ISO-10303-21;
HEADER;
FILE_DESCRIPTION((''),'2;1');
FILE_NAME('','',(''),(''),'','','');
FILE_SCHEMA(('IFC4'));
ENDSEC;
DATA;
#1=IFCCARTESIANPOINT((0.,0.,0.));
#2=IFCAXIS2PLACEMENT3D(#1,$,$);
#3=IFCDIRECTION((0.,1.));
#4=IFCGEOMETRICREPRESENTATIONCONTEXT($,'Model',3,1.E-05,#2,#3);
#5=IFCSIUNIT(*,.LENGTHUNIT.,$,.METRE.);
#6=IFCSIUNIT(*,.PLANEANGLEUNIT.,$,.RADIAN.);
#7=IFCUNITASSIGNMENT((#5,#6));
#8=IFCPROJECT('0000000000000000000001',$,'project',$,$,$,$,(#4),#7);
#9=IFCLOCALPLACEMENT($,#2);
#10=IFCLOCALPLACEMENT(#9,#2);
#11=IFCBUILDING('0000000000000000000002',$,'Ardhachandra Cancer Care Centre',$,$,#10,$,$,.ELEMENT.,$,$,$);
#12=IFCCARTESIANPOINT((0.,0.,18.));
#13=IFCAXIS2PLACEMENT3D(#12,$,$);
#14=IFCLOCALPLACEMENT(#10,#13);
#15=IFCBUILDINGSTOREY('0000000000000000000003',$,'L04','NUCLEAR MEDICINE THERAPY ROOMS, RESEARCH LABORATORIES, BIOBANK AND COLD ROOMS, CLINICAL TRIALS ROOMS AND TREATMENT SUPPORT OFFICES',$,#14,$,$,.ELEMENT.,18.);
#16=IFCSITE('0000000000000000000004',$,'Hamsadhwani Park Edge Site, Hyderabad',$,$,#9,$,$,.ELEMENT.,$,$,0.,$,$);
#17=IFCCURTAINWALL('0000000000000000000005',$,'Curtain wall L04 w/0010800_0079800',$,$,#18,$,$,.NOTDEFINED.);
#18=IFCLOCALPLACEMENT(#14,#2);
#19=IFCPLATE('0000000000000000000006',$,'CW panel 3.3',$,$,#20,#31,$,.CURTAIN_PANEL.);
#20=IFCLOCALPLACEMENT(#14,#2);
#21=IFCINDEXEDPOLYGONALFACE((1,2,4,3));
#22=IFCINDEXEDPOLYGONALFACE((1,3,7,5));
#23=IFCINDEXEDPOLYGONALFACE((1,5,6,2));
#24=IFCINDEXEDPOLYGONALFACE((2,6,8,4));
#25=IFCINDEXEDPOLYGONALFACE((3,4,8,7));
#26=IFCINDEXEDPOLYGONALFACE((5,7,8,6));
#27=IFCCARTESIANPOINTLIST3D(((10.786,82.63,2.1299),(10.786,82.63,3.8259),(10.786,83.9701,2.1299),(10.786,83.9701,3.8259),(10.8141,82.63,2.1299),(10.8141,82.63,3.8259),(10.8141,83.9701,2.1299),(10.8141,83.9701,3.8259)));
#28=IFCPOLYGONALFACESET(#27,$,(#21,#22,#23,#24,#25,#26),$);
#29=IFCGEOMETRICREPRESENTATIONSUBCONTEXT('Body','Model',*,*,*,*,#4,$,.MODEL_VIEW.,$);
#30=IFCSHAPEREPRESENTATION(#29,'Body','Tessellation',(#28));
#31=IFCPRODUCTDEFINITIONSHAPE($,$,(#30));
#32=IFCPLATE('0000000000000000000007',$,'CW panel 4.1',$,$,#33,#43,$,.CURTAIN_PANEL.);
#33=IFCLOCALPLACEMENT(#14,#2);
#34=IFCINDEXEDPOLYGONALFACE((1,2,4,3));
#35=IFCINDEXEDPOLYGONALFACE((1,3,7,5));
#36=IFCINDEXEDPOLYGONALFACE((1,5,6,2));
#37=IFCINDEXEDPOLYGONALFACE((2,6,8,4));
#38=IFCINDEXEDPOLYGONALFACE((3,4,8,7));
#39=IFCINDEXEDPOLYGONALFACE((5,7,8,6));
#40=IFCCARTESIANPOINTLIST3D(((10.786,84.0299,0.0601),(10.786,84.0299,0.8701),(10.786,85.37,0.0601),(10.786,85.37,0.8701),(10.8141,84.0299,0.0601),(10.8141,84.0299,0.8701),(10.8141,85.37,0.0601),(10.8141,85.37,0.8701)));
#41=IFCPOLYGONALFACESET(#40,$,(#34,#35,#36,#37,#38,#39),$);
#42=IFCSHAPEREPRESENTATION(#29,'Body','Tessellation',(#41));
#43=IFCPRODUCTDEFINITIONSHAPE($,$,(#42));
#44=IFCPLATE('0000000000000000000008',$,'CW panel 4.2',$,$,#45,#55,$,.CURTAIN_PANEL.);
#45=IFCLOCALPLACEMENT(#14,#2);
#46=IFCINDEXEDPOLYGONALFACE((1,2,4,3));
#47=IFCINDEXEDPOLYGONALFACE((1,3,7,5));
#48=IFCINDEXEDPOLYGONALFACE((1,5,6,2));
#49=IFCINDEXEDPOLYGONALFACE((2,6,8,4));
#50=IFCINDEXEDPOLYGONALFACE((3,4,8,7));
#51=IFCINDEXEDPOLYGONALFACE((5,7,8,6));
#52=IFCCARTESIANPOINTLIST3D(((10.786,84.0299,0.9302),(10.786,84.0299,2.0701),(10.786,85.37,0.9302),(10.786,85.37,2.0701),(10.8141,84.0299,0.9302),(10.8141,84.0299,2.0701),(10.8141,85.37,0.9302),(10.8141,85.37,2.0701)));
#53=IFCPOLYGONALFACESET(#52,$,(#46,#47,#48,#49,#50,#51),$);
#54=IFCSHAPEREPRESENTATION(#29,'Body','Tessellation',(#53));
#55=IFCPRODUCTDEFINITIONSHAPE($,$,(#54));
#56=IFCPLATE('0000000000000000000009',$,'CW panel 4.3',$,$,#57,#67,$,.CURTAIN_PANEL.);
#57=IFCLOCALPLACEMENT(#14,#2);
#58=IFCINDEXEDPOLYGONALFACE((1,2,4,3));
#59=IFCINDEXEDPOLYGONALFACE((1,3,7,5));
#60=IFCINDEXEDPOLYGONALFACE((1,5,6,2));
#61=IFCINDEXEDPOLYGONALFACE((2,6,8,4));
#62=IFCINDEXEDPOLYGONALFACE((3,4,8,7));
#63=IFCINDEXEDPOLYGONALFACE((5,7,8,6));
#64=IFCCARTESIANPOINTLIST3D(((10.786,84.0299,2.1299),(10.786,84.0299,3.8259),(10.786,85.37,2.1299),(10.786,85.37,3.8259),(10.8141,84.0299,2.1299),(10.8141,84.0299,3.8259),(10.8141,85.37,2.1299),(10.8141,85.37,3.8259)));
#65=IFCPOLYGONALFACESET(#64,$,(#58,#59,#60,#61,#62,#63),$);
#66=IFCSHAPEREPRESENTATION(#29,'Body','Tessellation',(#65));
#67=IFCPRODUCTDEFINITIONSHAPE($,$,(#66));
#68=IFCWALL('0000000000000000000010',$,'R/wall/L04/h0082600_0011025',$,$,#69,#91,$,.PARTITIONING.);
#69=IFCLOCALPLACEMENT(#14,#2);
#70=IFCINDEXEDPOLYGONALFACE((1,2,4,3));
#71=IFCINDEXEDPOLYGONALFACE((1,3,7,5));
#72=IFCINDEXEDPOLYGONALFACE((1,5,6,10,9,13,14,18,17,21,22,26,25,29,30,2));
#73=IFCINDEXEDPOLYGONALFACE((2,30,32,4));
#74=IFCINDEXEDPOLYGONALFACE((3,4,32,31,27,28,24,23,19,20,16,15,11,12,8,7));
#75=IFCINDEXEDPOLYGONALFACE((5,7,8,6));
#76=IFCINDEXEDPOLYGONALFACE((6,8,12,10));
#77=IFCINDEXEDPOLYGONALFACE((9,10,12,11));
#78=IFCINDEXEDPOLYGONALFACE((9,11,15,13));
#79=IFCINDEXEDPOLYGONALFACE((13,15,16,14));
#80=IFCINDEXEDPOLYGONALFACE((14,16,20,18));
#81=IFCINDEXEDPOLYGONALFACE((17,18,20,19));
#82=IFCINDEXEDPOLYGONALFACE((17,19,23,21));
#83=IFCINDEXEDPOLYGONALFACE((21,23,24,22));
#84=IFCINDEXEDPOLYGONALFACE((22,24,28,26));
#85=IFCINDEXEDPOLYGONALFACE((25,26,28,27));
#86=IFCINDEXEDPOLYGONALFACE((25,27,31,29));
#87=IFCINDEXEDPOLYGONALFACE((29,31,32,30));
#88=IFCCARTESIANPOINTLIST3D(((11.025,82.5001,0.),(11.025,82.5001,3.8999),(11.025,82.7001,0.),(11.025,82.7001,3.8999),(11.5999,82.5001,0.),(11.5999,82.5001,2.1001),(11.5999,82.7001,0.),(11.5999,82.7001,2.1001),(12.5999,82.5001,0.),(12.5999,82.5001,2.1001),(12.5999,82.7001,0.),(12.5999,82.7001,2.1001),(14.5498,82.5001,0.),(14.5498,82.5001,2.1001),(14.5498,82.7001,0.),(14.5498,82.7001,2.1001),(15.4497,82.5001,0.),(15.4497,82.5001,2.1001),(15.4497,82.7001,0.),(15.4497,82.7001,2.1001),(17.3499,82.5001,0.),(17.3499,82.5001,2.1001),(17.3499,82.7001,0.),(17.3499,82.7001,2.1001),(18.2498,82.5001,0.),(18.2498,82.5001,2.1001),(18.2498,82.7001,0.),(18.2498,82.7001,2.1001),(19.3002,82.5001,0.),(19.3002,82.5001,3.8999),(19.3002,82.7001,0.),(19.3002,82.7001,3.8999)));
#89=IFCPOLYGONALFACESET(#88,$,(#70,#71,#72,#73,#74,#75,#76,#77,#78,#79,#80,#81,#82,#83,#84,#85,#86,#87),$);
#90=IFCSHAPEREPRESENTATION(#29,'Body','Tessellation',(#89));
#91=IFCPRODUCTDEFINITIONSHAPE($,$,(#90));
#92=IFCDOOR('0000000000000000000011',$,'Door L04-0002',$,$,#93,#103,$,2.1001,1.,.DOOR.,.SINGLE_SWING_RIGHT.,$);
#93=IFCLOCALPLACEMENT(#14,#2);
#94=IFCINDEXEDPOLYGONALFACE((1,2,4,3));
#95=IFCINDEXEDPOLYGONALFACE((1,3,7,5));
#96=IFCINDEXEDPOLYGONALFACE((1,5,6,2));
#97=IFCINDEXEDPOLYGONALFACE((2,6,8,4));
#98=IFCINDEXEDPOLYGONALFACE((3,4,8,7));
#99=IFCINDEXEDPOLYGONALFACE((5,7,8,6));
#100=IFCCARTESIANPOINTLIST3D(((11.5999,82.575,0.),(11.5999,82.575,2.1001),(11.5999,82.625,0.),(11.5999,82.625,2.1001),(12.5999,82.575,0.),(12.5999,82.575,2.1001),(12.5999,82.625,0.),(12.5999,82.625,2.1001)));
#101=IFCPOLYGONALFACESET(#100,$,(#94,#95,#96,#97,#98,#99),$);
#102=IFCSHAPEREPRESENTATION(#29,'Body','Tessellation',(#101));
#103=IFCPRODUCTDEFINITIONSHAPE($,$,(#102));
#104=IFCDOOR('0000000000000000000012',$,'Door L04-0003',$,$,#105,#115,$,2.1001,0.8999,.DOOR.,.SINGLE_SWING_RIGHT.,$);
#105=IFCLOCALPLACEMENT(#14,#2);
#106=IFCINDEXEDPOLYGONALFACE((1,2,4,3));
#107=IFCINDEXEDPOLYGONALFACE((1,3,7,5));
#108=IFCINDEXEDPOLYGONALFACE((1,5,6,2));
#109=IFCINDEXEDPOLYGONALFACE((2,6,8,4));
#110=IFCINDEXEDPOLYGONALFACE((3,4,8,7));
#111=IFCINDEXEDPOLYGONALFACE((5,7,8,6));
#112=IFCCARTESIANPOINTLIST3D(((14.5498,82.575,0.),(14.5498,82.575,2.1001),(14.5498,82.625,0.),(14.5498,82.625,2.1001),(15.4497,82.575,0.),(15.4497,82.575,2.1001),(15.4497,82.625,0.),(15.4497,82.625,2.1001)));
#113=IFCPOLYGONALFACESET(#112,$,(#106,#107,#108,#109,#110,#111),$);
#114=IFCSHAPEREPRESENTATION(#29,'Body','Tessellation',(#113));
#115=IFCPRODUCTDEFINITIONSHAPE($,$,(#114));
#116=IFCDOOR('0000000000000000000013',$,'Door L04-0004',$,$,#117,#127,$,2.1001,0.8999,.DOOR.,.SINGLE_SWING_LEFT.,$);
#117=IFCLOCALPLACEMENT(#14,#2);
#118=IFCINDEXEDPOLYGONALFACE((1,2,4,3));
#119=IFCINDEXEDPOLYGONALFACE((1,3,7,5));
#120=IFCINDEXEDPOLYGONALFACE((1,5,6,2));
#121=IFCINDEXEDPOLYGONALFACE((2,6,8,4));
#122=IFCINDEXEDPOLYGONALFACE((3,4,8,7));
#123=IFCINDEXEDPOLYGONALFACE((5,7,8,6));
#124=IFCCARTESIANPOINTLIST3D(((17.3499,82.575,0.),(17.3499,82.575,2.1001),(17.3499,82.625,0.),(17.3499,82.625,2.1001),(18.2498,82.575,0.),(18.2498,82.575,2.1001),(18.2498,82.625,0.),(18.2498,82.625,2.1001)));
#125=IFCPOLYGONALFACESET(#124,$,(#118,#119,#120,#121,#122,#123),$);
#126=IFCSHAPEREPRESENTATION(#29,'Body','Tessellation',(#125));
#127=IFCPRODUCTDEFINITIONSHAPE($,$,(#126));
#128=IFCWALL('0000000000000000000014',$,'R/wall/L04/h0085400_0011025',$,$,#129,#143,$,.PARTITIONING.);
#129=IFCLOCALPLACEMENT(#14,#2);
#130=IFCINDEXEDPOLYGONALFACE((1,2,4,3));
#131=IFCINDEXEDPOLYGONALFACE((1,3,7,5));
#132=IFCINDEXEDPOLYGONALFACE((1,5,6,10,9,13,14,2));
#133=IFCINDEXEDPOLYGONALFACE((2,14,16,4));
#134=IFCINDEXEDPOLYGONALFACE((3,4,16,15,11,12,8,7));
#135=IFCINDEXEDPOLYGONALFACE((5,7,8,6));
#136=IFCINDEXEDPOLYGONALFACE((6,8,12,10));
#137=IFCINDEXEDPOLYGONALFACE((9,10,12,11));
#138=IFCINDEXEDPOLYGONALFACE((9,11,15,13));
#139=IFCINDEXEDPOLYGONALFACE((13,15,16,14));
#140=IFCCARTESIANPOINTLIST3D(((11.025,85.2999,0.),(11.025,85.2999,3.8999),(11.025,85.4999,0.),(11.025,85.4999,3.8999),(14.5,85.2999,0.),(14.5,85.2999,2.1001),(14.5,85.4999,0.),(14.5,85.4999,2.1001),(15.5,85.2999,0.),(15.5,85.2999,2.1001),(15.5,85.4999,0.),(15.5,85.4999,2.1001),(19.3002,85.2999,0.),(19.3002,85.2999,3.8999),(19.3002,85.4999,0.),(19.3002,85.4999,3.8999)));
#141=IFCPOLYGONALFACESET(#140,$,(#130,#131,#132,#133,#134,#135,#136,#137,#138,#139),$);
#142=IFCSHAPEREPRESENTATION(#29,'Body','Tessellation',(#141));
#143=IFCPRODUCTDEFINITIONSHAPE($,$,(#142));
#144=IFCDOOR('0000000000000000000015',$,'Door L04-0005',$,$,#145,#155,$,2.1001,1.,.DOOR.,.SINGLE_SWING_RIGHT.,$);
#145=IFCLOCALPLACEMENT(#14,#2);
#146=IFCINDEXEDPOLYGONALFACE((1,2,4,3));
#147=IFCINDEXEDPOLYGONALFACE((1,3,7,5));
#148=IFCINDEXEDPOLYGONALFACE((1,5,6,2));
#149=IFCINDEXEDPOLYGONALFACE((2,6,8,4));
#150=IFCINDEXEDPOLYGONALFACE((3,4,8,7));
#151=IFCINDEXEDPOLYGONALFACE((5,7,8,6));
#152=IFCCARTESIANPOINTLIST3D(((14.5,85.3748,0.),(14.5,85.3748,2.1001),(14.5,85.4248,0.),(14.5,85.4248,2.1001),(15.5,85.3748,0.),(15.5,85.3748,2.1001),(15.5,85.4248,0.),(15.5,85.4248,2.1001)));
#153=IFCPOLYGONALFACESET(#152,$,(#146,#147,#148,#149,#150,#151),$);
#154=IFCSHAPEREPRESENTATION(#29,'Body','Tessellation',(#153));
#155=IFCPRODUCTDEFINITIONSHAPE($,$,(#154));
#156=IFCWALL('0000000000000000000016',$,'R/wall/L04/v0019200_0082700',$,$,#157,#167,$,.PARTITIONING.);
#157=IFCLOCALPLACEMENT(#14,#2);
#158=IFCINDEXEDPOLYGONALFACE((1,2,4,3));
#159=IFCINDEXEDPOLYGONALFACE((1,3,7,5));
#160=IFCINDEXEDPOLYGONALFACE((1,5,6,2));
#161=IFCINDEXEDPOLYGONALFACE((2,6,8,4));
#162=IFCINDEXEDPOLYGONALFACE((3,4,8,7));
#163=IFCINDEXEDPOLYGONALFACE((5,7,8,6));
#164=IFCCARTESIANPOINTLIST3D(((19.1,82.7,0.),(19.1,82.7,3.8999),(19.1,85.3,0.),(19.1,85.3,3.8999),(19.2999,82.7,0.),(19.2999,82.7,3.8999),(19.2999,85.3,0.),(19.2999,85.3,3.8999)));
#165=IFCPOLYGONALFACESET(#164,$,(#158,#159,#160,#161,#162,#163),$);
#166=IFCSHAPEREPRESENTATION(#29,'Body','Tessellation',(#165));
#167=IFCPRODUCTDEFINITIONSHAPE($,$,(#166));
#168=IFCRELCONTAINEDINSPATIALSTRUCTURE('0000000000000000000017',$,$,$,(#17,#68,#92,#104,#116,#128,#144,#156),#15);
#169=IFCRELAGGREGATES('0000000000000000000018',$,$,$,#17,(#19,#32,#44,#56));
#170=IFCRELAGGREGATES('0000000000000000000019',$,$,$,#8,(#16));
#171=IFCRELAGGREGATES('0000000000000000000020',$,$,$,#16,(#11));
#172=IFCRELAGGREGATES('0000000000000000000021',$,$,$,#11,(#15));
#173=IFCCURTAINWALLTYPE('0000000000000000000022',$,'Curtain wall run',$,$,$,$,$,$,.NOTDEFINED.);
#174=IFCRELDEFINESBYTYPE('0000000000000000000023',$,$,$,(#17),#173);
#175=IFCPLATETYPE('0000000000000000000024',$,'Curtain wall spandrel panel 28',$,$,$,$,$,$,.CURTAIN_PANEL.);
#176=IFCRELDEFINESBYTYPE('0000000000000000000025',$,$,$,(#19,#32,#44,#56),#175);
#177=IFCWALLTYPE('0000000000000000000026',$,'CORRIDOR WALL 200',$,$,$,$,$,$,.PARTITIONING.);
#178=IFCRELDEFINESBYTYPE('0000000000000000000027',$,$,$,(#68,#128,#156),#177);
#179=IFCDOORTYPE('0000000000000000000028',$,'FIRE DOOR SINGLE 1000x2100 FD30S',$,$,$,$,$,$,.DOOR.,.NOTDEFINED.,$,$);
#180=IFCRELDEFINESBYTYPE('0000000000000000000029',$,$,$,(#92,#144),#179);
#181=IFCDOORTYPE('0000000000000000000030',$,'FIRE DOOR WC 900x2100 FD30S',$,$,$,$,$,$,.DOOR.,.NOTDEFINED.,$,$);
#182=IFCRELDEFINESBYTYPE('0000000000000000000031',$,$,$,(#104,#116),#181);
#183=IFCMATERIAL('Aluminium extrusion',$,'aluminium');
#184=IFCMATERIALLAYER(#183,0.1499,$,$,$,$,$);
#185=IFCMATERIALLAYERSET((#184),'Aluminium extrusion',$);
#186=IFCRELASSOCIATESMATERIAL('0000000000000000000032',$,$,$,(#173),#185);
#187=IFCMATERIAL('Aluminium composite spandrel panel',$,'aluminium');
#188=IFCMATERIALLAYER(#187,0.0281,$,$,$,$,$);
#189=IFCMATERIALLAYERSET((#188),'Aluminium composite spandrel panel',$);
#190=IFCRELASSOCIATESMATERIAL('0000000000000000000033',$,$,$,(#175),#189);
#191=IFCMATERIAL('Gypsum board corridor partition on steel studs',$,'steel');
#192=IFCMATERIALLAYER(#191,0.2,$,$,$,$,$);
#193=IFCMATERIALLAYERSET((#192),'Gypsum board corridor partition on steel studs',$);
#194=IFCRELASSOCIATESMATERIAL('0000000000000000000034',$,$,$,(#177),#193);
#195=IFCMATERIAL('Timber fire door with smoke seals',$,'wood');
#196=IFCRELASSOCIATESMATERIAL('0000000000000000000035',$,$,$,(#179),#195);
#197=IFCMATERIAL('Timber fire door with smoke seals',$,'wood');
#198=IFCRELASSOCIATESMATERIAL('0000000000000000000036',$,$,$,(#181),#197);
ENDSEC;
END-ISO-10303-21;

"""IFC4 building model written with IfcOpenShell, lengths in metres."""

from ifc_helpers import new_model, si_unit, direction, frame, frame_2d, origin, origin_2d, place, context, subcontext, project, spatial, rectangle, extrude, material, layer, layer_set, type_object, element, fill, aggregate, save


model = new_model("IFC4")

# Units and contexts
model_context = context("Model", 3, precision=1e-05, world=origin(), true_north=direction((0.0, 1.0)))
body_context = subcontext(model_context, "Body", "Model", "MODEL_VIEW")
ifc_project = project(units=[si_unit("LENGTHUNIT", "METRE"), si_unit("PLANEANGLEUNIT", "RADIAN")], contexts=[model_context])

# Site, building, storey
site_placement = place(None, origin())
site = spatial("IfcSite", under=ifc_project, at=site_placement, Name="Hamsadhwani Park Edge Site, Hyderabad", CompositionType="ELEMENT", RefElevation=0.0)
building_placement = place(site_placement, origin())
building = spatial("IfcBuilding", under=site, at=building_placement, Name="Ardhachandra Cancer Care Centre", CompositionType="ELEMENT")
storey_placement = place(building_placement, frame((0.0, 0.0, 18.0)))
storey = spatial("IfcBuildingStorey", under=building, at=storey_placement, Name="L04", Description="NUCLEAR MEDICINE THERAPY ROOMS, RESEARCH LABORATORIES, BIOBANK AND COLD ROOMS, CLINICAL TRIALS ROOMS AND TREATMENT SUPPORT OFFICES", CompositionType="ELEMENT", Elevation=18.0)

# Curtain wall, plates
ifc_material_1 = material(Name="Aluminium extrusion", Category="aluminium")
ifc_layer_1 = layer(ifc_material_1, 0.1499)
ifc_layer_set_1 = layer_set([ifc_layer_1], Name="Aluminium extrusion")
curtain_wall_type = type_object("IfcCurtainWallType", Name="Curtain wall run", PredefinedType="NOTDEFINED", material=ifc_layer_set_1)
curtain_wall_placement = place(storey_placement, origin())
curtain_wall = element("IfcCurtainWall", 1, at=curtain_wall_placement, inside=storey, type_object=curtain_wall_type, Name="Curtain wall L04 w/0010800_0079800", PredefinedType="NOTDEFINED")
ifc_material_2 = material(Name="Aluminium composite spandrel panel", Category="aluminium")
ifc_layer_2 = layer(ifc_material_2, 0.0281)
ifc_layer_set_2 = layer_set([ifc_layer_2], Name="Aluminium composite spandrel panel")
plate_type = type_object("IfcPlateType", Name="Curtain wall spandrel panel 28", PredefinedType="CURTAIN_PANEL", material=ifc_layer_set_2)
plate_1_placement = place(storey_placement, frame((10.8, 83.3, 2.1299), z_axis=(0.0, 0.0, 1.0), x_axis=(0.0, 1.0, 0.0)))
plate_1 = element("IfcPlate", 2, at=plate_1_placement, type_object=plate_type, Name="CW panel 3.3", PredefinedType="CURTAIN_PANEL", context=body_context, shape_type="SweptSolid", body=[
    extrude(rectangle(XDim=1.3401, YDim=0.0281, at=origin_2d()), origin(), (0.0, 0.0, 1.0), 1.696),
])
plate_2_placement = place(storey_placement, frame((10.8, 84.7, 0.0601), z_axis=(0.0, 0.0, 1.0), x_axis=(0.0, 1.0, 0.0)))
plate_2 = element("IfcPlate", 3, at=plate_2_placement, type_object=plate_type, Name="CW panel 4.1", PredefinedType="CURTAIN_PANEL", context=body_context, shape_type="SweptSolid", body=[
    extrude(rectangle(XDim=1.3401, YDim=0.0281, at=origin_2d()), origin(), (0.0, 0.0, 1.0), 0.8101),
])
plate_3_placement = place(storey_placement, frame((10.8, 84.7, 0.9302), z_axis=(0.0, 0.0, 1.0), x_axis=(0.0, 1.0, 0.0)))
plate_3 = element("IfcPlate", 4, at=plate_3_placement, type_object=plate_type, Name="CW panel 4.2", PredefinedType="CURTAIN_PANEL", context=body_context, shape_type="SweptSolid", body=[
    extrude(rectangle(XDim=1.3401, YDim=0.0281, at=origin_2d()), origin(), (0.0, 0.0, 1.0), 1.1399),
])
plate_4_placement = place(storey_placement, frame((10.8, 84.7, 2.1299), z_axis=(0.0, 0.0, 1.0), x_axis=(0.0, 1.0, 0.0)))
plate_4 = element("IfcPlate", 5, at=plate_4_placement, type_object=plate_type, Name="CW panel 4.3", PredefinedType="CURTAIN_PANEL", context=body_context, shape_type="SweptSolid", body=[
    extrude(rectangle(XDim=1.3401, YDim=0.0281, at=origin_2d()), origin(), (0.0, 0.0, 1.0), 1.696),
])
aggregate(curtain_wall, [plate_1, plate_2, plate_3, plate_4])

# Wall, openings, doors
ifc_material_3 = material(Name="Gypsum board corridor partition on steel studs", Category="steel")
ifc_layer_3 = layer(ifc_material_3, 0.2)
ifc_layer_set_3 = layer_set([ifc_layer_3], Name="Gypsum board corridor partition on steel studs")
wall_type = type_object("IfcWallType", Name="CORRIDOR WALL 200", PredefinedType="PARTITIONING", material=ifc_layer_set_3)
wall_1_placement = place(storey_placement, frame((11.0249, 82.6001, 0.0), z_axis=(0.0, 0.0, 1.0), x_axis=(1.0, 0.0, 0.0)))
wall_1 = element("IfcWall", 6, at=wall_1_placement, inside=storey, type_object=wall_type, Name="R/wall/L04/h0082600_0011025", PredefinedType="PARTITIONING", context=body_context, shape_type="SweptSolid", body=[
    extrude(rectangle(XDim=8.2751, YDim=0.2, at=frame_2d((4.1377, 0.0))), origin(), (0.0, 0.0, 1.0), 3.8999),
])
opening_1_placement = place(wall_1_placement, frame((0.575, 0.0, 0.0)))
opening_1 = element("IfcOpeningElement", 7, at=opening_1_placement, cuts=wall_1, PredefinedType="OPENING", context=body_context, shape_type="SweptSolid", body=[
    extrude(rectangle(XDim=1.0, YDim=2.1001, at=frame_2d((0.5, 1.05))), frame((0.0, 0.1099, 0.0), z_axis=(0.0, -1.0, 0.0), x_axis=(1.0, 0.0, 0.0)), (0.0, 0.0, 1.0), 0.22),
])
opening_2_placement = place(wall_1_placement, frame((3.5249, 0.0, 0.0)))
opening_2 = element("IfcOpeningElement", 8, at=opening_2_placement, cuts=wall_1, PredefinedType="OPENING", context=body_context, shape_type="SweptSolid", body=[
    extrude(rectangle(XDim=0.8999, YDim=2.1001, at=frame_2d((0.45, 1.05))), frame((0.0, 0.1099, 0.0), z_axis=(0.0, -1.0, 0.0), x_axis=(1.0, 0.0, 0.0)), (0.0, 0.0, 1.0), 0.22),
])
opening_3_placement = place(wall_1_placement, frame((6.325, 0.0, 0.0)))
opening_3 = element("IfcOpeningElement", 9, at=opening_3_placement, cuts=wall_1, PredefinedType="OPENING", context=body_context, shape_type="SweptSolid", body=[
    extrude(rectangle(XDim=0.8999, YDim=2.1001, at=frame_2d((0.45, 1.05))), frame((0.0, 0.1099, 0.0), z_axis=(0.0, -1.0, 0.0), x_axis=(1.0, 0.0, 0.0)), (0.0, 0.0, 1.0), 0.22),
])
ifc_material_4 = material(Name="Timber fire door with smoke seals", Category="wood")
door_type_1 = type_object("IfcDoorType", Name="FIRE DOOR SINGLE 1000x2100 FD30S", OperationType="NOTDEFINED", PredefinedType="DOOR", material=ifc_material_4)
door_1_placement = place(opening_1_placement, origin())
door_1 = element("IfcDoor", 10, at=door_1_placement, inside=storey, type_object=door_type_1, Name="Door L04-0002", OperationType="SINGLE_SWING_RIGHT", OverallHeight=2.1001, OverallWidth=1.0, PredefinedType="DOOR", context=body_context, shape_type="SweptSolid", body=[
    extrude(rectangle(XDim=1.0, YDim=2.1001, at=frame_2d((0.5, 1.05))), frame((0.0, 0.0249, 0.0), z_axis=(0.0, -1.0, 0.0), x_axis=(1.0, 0.0, 0.0)), (0.0, 0.0, 1.0), 0.05),
])
fill(opening_1, door_1)
ifc_material_5 = material(Name="Timber fire door with smoke seals", Category="wood")
door_type_2 = type_object("IfcDoorType", Name="FIRE DOOR WC 900x2100 FD30S", OperationType="NOTDEFINED", PredefinedType="DOOR", material=ifc_material_5)
door_2_placement = place(opening_2_placement, origin())
door_2 = element("IfcDoor", 11, at=door_2_placement, inside=storey, type_object=door_type_2, Name="Door L04-0003", OperationType="SINGLE_SWING_RIGHT", OverallHeight=2.1001, OverallWidth=0.8999, PredefinedType="DOOR", context=body_context, shape_type="SweptSolid", body=[
    extrude(rectangle(XDim=0.8999, YDim=2.1001, at=frame_2d((0.45, 1.05))), frame((0.0, 0.0249, 0.0), z_axis=(0.0, -1.0, 0.0), x_axis=(1.0, 0.0, 0.0)), (0.0, 0.0, 1.0), 0.05),
])
fill(opening_2, door_2)
door_3_placement = place(opening_3_placement, origin())
door_3 = element("IfcDoor", 12, at=door_3_placement, inside=storey, type_object=door_type_2, Name="Door L04-0004", OperationType="SINGLE_SWING_LEFT", OverallHeight=2.1001, OverallWidth=0.8999, PredefinedType="DOOR", context=body_context, shape_type="SweptSolid", body=[
    extrude(rectangle(XDim=0.8999, YDim=2.1001, at=frame_2d((0.45, 1.05))), frame((0.0, 0.0249, 0.0), z_axis=(0.0, -1.0, 0.0), x_axis=(1.0, 0.0, 0.0)), (0.0, 0.0, 1.0), 0.05),
])
fill(opening_3, door_3)

# Wall, opening, door
wall_2_placement = place(storey_placement, frame((11.0249, 85.3999, 0.0), z_axis=(0.0, 0.0, 1.0), x_axis=(1.0, 0.0, 0.0)))
wall_2 = element("IfcWall", 13, at=wall_2_placement, inside=storey, type_object=wall_type, Name="R/wall/L04/h0085400_0011025", PredefinedType="PARTITIONING", context=body_context, shape_type="SweptSolid", body=[
    extrude(rectangle(XDim=8.2751, YDim=0.2, at=frame_2d((4.1377, 0.0))), origin(), (0.0, 0.0, 1.0), 3.8999),
])
opening_4_placement = place(wall_2_placement, frame((3.4751, 0.0, 0.0)))
opening_4 = element("IfcOpeningElement", 14, at=opening_4_placement, cuts=wall_2, PredefinedType="OPENING", context=body_context, shape_type="SweptSolid", body=[
    extrude(rectangle(XDim=1.0, YDim=2.1001, at=frame_2d((0.5, 1.05))), frame((0.0, 0.1099, 0.0), z_axis=(0.0, -1.0, 0.0), x_axis=(1.0, 0.0, 0.0)), (0.0, 0.0, 1.0), 0.22),
])
door_4_placement = place(opening_4_placement, origin())
door_4 = element("IfcDoor", 15, at=door_4_placement, inside=storey, type_object=door_type_1, Name="Door L04-0005", OperationType="SINGLE_SWING_RIGHT", OverallHeight=2.1001, OverallWidth=1.0, PredefinedType="DOOR", context=body_context, shape_type="SweptSolid", body=[
    extrude(rectangle(XDim=1.0, YDim=2.1001, at=frame_2d((0.5, 1.05))), frame((0.0, 0.0249, 0.0), z_axis=(0.0, -1.0, 0.0), x_axis=(1.0, 0.0, 0.0)), (0.0, 0.0, 1.0), 0.05),
])
fill(opening_4, door_4)

# Wall
wall_3_placement = place(storey_placement, frame((19.2, 82.7, 0.0), z_axis=(0.0, 0.0, 1.0), x_axis=(0.0, 1.0, 0.0)))
element("IfcWall", 16, at=wall_3_placement, inside=storey, type_object=wall_type, Name="R/wall/L04/v0019200_0082700", PredefinedType="PARTITIONING", context=body_context, shape_type="SweptSolid", body=[
    extrude(rectangle(XDim=2.6001, YDim=0.2, at=frame_2d((1.3, 0.0))), origin(), (0.0, 0.0, 1.0), 3.8999),
])

save(model, "model.ifc")
